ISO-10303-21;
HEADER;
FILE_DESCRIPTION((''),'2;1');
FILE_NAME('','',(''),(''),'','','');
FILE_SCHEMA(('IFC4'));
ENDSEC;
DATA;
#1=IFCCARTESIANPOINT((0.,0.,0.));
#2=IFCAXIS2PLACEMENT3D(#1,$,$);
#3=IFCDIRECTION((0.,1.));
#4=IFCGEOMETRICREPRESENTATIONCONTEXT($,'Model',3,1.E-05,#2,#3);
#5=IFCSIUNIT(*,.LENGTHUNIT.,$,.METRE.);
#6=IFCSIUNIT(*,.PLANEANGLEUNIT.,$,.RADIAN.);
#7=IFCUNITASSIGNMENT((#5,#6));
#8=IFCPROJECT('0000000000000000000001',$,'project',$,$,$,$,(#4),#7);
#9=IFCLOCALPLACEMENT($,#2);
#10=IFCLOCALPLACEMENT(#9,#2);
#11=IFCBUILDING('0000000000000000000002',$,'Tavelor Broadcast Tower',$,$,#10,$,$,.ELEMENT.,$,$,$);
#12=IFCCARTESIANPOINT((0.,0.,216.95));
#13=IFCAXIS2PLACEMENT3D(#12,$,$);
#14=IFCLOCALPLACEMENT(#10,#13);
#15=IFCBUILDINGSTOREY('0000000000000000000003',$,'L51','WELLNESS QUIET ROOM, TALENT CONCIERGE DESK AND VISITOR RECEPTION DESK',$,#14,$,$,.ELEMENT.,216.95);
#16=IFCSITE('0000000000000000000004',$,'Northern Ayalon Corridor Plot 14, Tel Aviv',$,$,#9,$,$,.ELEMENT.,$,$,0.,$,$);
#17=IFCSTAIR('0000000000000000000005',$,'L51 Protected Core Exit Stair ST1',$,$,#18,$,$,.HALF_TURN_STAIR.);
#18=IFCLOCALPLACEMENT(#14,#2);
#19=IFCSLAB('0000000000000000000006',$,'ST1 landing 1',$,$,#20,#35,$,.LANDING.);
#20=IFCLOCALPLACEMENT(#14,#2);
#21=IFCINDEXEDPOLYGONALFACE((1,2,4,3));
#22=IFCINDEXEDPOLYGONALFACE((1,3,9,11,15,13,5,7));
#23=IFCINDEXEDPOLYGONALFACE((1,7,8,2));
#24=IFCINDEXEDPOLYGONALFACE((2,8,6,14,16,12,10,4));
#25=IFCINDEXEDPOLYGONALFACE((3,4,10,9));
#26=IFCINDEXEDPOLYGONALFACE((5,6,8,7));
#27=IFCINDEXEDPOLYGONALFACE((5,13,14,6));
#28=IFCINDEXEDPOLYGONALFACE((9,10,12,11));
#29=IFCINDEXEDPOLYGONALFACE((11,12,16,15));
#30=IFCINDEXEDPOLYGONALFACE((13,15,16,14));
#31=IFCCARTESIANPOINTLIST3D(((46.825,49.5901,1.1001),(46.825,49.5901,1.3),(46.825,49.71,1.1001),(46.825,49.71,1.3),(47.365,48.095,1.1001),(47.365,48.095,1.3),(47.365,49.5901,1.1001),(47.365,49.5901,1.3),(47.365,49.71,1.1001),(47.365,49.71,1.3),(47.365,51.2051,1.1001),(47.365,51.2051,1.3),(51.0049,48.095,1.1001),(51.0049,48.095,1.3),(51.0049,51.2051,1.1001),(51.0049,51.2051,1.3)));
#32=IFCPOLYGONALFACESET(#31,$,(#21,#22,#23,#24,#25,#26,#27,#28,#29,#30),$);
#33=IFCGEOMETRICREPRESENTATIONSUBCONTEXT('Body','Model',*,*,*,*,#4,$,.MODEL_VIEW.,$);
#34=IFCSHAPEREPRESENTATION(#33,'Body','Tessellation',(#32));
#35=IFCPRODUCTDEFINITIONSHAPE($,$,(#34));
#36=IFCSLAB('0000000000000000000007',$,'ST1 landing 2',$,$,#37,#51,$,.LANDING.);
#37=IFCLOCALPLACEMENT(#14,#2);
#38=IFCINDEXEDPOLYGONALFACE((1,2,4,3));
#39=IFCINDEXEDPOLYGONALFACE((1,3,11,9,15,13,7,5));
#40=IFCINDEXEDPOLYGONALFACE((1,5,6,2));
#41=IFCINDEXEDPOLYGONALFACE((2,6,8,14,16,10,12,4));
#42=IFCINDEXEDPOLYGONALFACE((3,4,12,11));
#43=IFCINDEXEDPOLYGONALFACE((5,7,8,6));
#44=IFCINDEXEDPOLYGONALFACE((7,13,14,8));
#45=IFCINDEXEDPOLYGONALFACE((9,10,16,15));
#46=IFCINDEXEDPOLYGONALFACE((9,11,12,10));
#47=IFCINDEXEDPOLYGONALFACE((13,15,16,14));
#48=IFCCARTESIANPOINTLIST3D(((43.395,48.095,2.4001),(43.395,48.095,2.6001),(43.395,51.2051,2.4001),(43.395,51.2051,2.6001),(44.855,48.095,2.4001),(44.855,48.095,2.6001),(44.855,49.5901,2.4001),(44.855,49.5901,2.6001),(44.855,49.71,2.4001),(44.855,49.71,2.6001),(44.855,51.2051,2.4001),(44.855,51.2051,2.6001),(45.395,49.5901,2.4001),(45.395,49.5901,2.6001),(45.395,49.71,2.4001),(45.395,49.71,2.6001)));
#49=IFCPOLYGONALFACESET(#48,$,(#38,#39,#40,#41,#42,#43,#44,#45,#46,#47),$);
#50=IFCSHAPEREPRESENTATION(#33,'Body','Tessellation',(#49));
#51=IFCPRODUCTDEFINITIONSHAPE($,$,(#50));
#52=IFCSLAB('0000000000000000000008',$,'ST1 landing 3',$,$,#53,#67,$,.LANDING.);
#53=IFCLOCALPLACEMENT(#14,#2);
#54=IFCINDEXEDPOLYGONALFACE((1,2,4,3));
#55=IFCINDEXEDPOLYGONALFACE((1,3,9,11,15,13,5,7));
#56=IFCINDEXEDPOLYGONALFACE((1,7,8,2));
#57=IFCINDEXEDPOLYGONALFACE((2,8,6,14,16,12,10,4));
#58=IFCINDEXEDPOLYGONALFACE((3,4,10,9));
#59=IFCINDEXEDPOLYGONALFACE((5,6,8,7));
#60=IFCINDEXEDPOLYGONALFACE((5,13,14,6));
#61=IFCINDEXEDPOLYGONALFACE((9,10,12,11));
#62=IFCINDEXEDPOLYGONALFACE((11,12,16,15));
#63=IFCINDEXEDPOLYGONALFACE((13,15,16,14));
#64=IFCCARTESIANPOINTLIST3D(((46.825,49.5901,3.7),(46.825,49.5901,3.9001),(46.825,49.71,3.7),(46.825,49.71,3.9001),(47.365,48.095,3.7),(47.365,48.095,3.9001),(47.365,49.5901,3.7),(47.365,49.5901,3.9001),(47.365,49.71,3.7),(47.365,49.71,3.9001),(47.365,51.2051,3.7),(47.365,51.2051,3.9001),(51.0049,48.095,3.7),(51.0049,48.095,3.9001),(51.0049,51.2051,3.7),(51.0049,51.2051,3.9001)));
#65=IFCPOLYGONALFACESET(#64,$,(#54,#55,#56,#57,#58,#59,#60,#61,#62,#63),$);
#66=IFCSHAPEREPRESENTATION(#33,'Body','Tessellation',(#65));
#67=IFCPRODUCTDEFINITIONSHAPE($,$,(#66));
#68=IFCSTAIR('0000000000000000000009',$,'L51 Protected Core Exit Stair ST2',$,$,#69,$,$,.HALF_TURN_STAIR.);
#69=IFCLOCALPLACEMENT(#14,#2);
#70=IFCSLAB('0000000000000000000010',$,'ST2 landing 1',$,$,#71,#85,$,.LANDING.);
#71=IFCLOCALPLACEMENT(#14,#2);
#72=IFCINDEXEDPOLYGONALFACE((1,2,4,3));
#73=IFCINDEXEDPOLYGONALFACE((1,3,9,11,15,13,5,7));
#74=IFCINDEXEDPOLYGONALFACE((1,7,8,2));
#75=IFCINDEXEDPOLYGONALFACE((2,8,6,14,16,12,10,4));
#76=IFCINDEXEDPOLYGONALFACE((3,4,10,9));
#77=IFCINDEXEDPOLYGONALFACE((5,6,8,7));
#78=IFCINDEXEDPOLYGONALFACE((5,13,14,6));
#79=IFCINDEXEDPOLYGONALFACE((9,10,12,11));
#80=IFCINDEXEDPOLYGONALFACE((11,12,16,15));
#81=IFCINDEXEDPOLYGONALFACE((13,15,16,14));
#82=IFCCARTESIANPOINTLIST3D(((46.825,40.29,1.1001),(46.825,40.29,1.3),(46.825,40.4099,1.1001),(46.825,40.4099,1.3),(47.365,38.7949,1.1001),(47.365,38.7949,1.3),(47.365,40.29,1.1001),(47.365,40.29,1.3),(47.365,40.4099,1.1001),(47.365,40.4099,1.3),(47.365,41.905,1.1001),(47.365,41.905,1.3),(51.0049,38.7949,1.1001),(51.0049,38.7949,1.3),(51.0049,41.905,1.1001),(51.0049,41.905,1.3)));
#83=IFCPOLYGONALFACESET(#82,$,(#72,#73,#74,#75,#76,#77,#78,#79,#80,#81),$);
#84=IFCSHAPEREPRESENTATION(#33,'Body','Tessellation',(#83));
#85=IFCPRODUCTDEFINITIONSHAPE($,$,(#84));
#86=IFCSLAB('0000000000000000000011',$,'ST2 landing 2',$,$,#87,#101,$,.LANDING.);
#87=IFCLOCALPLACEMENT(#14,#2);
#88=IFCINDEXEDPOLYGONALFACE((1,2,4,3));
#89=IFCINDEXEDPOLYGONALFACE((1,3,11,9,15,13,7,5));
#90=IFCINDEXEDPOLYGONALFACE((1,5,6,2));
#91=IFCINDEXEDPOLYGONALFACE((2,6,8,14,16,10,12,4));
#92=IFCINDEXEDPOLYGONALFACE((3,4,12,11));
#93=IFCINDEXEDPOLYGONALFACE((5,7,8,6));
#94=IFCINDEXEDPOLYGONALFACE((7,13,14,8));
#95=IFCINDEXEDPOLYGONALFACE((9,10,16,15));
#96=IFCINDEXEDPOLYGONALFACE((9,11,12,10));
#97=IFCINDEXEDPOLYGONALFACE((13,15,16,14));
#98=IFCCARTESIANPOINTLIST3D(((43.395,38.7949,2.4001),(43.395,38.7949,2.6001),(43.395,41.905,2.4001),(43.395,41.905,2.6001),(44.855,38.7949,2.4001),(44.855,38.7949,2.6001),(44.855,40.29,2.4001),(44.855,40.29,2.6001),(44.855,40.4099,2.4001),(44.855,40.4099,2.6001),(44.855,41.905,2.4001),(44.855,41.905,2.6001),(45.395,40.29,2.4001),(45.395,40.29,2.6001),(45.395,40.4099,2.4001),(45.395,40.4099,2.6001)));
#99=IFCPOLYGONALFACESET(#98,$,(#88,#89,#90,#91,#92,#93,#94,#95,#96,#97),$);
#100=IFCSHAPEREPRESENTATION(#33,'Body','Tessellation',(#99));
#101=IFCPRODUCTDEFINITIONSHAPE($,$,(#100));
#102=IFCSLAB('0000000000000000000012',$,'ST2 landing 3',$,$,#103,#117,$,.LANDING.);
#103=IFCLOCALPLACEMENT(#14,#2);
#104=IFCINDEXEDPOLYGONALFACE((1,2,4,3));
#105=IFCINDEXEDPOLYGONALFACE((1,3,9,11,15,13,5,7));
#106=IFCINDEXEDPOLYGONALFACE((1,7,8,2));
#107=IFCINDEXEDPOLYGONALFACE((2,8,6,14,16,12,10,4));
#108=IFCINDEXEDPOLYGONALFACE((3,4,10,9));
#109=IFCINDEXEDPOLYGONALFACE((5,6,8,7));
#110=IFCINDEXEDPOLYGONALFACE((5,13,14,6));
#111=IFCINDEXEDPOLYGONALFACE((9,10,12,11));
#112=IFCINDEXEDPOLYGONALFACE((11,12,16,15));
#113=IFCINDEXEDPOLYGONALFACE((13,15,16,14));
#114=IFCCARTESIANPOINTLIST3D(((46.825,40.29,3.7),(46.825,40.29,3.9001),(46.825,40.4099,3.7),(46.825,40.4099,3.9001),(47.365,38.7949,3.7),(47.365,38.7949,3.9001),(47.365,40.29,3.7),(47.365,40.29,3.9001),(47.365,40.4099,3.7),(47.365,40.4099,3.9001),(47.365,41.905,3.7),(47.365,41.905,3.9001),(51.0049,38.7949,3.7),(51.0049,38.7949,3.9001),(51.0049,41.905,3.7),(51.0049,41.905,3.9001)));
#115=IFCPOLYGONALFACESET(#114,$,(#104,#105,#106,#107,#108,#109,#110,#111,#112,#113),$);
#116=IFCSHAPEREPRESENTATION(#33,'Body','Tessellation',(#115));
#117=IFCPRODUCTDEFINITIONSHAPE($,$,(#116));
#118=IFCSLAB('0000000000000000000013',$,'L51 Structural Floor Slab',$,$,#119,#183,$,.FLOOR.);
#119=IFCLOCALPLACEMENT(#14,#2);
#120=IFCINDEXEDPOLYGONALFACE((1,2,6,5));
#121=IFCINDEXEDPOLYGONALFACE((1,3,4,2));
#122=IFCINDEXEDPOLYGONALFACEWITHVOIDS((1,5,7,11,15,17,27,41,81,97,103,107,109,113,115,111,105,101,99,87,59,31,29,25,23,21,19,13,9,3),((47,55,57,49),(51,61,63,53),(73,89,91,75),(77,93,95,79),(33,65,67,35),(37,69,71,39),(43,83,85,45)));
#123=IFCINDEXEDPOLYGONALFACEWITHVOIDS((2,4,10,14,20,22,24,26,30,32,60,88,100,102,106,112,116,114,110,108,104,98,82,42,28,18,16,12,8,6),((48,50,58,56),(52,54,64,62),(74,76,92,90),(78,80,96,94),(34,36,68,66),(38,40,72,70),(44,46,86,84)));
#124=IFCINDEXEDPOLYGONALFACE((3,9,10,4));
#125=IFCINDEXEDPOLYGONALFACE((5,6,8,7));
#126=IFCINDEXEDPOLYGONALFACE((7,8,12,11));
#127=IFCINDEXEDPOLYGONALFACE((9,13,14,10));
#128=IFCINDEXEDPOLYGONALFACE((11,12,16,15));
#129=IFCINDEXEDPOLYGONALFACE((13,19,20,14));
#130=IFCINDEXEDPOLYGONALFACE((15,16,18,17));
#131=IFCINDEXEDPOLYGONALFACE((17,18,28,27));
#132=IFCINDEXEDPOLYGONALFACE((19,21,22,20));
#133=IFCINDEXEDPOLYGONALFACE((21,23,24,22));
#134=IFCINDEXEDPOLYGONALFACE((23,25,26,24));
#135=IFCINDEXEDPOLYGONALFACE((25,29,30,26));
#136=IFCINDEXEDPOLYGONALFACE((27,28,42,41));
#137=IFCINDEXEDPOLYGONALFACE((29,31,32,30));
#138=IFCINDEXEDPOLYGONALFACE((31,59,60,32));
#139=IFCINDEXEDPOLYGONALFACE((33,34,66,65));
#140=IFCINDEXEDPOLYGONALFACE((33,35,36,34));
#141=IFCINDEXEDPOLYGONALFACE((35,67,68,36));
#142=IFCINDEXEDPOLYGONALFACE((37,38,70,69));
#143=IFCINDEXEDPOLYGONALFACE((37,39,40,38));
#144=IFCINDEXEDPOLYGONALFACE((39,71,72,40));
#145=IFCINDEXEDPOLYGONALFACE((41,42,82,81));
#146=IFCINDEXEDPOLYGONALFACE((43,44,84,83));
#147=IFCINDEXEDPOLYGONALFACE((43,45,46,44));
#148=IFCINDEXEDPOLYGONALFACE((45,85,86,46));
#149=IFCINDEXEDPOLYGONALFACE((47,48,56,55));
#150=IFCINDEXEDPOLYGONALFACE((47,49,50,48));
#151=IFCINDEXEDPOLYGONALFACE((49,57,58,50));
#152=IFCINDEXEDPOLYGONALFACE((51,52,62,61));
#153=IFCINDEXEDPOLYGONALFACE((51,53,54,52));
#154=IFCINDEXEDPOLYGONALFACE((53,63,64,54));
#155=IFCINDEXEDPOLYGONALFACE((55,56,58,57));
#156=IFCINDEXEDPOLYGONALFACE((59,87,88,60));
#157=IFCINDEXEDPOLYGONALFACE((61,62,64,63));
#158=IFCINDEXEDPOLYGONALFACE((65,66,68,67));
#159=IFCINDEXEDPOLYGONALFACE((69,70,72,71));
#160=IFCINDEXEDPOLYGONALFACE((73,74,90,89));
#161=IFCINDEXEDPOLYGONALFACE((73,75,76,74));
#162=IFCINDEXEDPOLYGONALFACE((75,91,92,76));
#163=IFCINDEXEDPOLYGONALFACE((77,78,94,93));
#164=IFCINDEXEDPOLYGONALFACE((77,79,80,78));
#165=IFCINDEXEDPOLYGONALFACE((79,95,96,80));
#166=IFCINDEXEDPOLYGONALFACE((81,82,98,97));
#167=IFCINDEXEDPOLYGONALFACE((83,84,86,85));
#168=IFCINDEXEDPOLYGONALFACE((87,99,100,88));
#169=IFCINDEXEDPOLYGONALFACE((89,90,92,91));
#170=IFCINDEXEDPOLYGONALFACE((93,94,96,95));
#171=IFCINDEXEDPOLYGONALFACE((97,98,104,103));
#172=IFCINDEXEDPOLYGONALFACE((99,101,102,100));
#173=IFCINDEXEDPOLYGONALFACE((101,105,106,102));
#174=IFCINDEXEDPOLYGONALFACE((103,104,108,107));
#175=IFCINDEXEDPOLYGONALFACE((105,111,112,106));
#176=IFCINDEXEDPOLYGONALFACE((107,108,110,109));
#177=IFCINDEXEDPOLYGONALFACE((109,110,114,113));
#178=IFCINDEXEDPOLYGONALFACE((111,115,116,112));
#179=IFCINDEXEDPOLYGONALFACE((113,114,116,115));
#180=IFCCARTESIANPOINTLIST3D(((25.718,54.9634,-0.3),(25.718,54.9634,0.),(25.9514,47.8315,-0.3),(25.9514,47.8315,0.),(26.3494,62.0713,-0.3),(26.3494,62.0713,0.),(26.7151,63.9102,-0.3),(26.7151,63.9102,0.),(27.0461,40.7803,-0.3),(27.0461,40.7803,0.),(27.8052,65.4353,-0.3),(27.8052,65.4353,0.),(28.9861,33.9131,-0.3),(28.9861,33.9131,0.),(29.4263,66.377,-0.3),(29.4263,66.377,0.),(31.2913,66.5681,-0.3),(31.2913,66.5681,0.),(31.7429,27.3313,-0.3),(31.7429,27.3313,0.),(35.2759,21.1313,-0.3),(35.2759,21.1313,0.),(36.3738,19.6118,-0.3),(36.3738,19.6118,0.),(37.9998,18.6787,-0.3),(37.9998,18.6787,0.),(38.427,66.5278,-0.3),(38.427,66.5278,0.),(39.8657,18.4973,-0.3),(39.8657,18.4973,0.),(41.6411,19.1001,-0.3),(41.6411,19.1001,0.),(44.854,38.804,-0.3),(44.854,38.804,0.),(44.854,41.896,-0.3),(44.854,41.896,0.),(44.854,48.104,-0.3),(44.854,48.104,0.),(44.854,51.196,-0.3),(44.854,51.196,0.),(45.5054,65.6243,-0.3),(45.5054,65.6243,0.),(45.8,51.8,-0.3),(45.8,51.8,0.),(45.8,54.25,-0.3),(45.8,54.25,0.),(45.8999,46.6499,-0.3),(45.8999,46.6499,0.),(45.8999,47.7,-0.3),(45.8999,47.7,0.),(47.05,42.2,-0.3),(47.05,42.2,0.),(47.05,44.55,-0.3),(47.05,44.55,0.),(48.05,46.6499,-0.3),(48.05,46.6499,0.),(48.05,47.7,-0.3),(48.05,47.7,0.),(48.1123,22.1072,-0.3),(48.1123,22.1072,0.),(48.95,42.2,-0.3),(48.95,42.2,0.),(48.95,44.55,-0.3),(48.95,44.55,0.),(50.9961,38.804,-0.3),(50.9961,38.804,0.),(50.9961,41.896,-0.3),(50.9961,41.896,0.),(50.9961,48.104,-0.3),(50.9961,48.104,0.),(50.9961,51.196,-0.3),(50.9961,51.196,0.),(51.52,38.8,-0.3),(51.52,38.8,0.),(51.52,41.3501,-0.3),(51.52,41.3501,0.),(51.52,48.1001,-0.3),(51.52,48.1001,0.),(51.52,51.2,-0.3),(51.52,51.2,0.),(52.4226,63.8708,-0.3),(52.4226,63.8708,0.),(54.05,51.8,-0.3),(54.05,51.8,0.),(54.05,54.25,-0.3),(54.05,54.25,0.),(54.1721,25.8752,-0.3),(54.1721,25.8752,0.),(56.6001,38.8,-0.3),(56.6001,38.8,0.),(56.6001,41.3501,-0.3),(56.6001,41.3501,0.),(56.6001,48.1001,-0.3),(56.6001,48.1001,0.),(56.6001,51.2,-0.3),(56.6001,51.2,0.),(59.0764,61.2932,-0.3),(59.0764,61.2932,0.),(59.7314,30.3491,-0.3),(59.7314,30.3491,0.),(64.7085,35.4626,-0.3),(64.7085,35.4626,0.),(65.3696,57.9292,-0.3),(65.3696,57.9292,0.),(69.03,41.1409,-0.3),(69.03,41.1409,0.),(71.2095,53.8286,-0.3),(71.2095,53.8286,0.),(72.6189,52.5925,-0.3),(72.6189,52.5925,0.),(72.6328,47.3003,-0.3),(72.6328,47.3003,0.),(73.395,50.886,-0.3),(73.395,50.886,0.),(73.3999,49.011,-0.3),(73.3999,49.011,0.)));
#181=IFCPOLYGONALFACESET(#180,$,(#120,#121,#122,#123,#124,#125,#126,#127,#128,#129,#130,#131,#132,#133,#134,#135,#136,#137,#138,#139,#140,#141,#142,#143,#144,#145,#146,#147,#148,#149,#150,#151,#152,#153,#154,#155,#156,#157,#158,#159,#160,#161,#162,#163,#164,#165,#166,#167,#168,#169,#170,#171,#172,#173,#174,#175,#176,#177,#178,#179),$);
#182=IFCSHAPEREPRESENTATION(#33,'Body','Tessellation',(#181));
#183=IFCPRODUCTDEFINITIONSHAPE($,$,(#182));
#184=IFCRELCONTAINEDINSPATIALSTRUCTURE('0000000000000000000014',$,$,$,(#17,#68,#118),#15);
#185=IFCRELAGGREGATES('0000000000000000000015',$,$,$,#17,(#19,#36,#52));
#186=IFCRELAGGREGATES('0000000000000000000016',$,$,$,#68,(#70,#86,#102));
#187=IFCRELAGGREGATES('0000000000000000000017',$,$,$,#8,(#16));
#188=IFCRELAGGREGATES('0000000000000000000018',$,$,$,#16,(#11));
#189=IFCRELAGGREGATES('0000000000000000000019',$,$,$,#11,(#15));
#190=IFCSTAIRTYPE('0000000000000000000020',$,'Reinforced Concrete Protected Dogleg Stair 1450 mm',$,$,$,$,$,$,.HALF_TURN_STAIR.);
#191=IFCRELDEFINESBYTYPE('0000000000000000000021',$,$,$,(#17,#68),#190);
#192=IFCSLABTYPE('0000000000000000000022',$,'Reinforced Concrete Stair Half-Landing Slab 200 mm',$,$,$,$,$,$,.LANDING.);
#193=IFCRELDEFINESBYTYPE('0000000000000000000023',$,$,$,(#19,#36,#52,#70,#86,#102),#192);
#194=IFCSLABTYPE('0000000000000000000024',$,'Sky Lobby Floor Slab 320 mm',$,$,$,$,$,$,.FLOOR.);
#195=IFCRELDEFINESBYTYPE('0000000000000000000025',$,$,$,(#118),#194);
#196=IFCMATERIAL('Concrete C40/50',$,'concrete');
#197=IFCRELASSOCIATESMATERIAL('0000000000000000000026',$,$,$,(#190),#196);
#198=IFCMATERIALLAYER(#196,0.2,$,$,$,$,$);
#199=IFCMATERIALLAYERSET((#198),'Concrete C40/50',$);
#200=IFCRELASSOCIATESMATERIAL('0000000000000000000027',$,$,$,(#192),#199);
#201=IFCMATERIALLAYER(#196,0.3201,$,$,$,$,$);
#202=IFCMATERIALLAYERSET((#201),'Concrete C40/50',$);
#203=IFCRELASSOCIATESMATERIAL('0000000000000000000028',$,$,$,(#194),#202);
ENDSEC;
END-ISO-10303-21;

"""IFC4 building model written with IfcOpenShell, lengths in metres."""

from ifc_helpers import new_model, si_unit, direction, frame, origin, place, context, subcontext, project, spatial, polyline, outline, extrude, material, layer, layer_set, type_object, element, aggregate, save


model = new_model("IFC4")

# Units and contexts
model_context = context("Model", 3, precision=1e-05, world=origin(), true_north=direction((0.0, 1.0)))
body_context = subcontext(model_context, "Body", "Model", "MODEL_VIEW")
ifc_project = project(units=[si_unit("LENGTHUNIT", "METRE"), si_unit("PLANEANGLEUNIT", "RADIAN")], contexts=[model_context])

# Site, building, storey
site_placement = place(None, origin())
site = spatial("IfcSite", under=ifc_project, at=site_placement, Name="Northern Ayalon Corridor Plot 14, Tel Aviv", CompositionType="ELEMENT", RefElevation=0.0)
building_placement = place(site_placement, origin())
building = spatial("IfcBuilding", under=site, at=building_placement, Name="Tavelor Broadcast Tower", CompositionType="ELEMENT")
storey_placement = place(building_placement, frame((0.0, 0.0, 216.95)))
storey = spatial("IfcBuildingStorey", under=building, at=storey_placement, Name="L51", Description="WELLNESS QUIET ROOM, TALENT CONCIERGE DESK AND VISITOR RECEPTION DESK", CompositionType="ELEMENT", Elevation=216.95)

# Stairs, slabs
ifc_material_1 = material(Name="Concrete C40/50", Category="concrete")
stair_type = type_object("IfcStairType", Name="Reinforced Concrete Protected Dogleg Stair 1450 mm", PredefinedType="HALF_TURN_STAIR", material=ifc_material_1)
stair_1_placement = place(storey_placement, origin())
stair_1 = element("IfcStair", 1, at=stair_1_placement, inside=storey, type_object=stair_type, Name="L51 Protected Core Exit Stair ST1", PredefinedType="HALF_TURN_STAIR")
ifc_layer_1 = layer(ifc_material_1, 0.2)
ifc_layer_set_1 = layer_set([ifc_layer_1], Name="Concrete C40/50")
slab_type_1 = type_object("IfcSlabType", Name="Reinforced Concrete Stair Half-Landing Slab 200 mm", PredefinedType="LANDING", material=ifc_layer_set_1)
slab_1_placement = place(storey_placement, frame((0.0, 0.0, 1.1001)))
slab_1 = element("IfcSlab", 2, at=slab_1_placement, type_object=slab_type_1, Name="ST1 landing 1", PredefinedType="LANDING", context=body_context, shape_type="SweptSolid", body=[
    extrude(outline(polyline([(47.365, 49.5901), (47.365, 48.095), (51.0049, 48.095), (51.0049, 51.2051), (47.365, 51.2051), (47.365, 49.71), (46.825, 49.71), (46.825, 49.5901), (47.365, 49.5901)])), origin(), (0.0, 0.0, 1.0), 0.2),
])
slab_2_placement = place(storey_placement, frame((0.0, 0.0, 2.4001)))
slab_2 = element("IfcSlab", 3, at=slab_2_placement, type_object=slab_type_1, Name="ST1 landing 2", PredefinedType="LANDING", context=body_context, shape_type="SweptSolid", body=[
    extrude(outline(polyline([(43.395, 48.095), (44.855, 48.095), (44.855, 49.5901), (45.395, 49.5901), (45.395, 49.71), (44.855, 49.71), (44.855, 51.2051), (43.395, 51.2051), (43.395, 48.095)])), origin(), (0.0, 0.0, 1.0), 0.2),
])
slab_3_placement = place(storey_placement, frame((0.0, 0.0, 3.7)))
slab_3 = element("IfcSlab", 4, at=slab_3_placement, type_object=slab_type_1, Name="ST1 landing 3", PredefinedType="LANDING", context=body_context, shape_type="SweptSolid", body=[
    extrude(outline(polyline([(47.365, 49.5901), (47.365, 48.095), (51.0049, 48.095), (51.0049, 51.2051), (47.365, 51.2051), (47.365, 49.71), (46.825, 49.71), (46.825, 49.5901), (47.365, 49.5901)])), origin(), (0.0, 0.0, 1.0), 0.2002),
])
aggregate(stair_1, [slab_1, slab_2, slab_3])
stair_2_placement = place(storey_placement, origin())
stair_2 = element("IfcStair", 5, at=stair_2_placement, inside=storey, type_object=stair_type, Name="L51 Protected Core Exit Stair ST2", PredefinedType="HALF_TURN_STAIR")
slab_4_placement = place(storey_placement, frame((0.0, 0.0, 1.1001)))
slab_4 = element("IfcSlab", 6, at=slab_4_placement, type_object=slab_type_1, Name="ST2 landing 1", PredefinedType="LANDING", context=body_context, shape_type="SweptSolid", body=[
    extrude(outline(polyline([(47.365, 40.29), (47.365, 38.7949), (51.0049, 38.7949), (51.0049, 41.905), (47.365, 41.905), (47.365, 40.4099), (46.825, 40.4099), (46.825, 40.29), (47.365, 40.29)])), origin(), (0.0, 0.0, 1.0), 0.2),
])
slab_5_placement = place(storey_placement, frame((0.0, 0.0, 2.4001)))
slab_5 = element("IfcSlab", 7, at=slab_5_placement, type_object=slab_type_1, Name="ST2 landing 2", PredefinedType="LANDING", context=body_context, shape_type="SweptSolid", body=[
    extrude(outline(polyline([(43.395, 38.7949), (44.855, 38.7949), (44.855, 40.29), (45.395, 40.29), (45.395, 40.4099), (44.855, 40.4099), (44.855, 41.905), (43.395, 41.905), (43.395, 38.7949)])), origin(), (0.0, 0.0, 1.0), 0.2),
])
slab_6_placement = place(storey_placement, frame((0.0, 0.0, 3.7)))
slab_6 = element("IfcSlab", 8, at=slab_6_placement, type_object=slab_type_1, Name="ST2 landing 3", PredefinedType="LANDING", context=body_context, shape_type="SweptSolid", body=[
    extrude(outline(polyline([(47.365, 40.29), (47.365, 38.7949), (51.0049, 38.7949), (51.0049, 41.905), (47.365, 41.905), (47.365, 40.4099), (46.825, 40.4099), (46.825, 40.29), (47.365, 40.29)])), origin(), (0.0, 0.0, 1.0), 0.2002),
])
aggregate(stair_2, [slab_4, slab_5, slab_6])

# Slab
ifc_layer_2 = layer(ifc_material_1, 0.3201)
ifc_layer_set_2 = layer_set([ifc_layer_2], Name="Concrete C40/50")
slab_type_2 = type_object("IfcSlabType", Name="Sky Lobby Floor Slab 320 mm", PredefinedType="FLOOR", material=ifc_layer_set_2)
slab_7_placement = place(storey_placement, frame((0.0, 0.0, -0.3)))
element("IfcSlab", 9, at=slab_7_placement, inside=storey, type_object=slab_type_2, Name="L51 Structural Floor Slab", PredefinedType="FLOOR", context=body_context, shape_type="SweptSolid", body=[
    extrude(outline(polyline([(31.2913, 66.5681), (29.4263, 66.377), (27.8052, 65.4353), (26.7151, 63.9102), (26.3494, 62.0713), (25.718, 54.9634), (25.9514, 47.8315), (27.0461, 40.7803), (28.9861, 33.9131), (31.7429, 27.3313), (35.2759, 21.1313), (36.3738, 19.6118), (37.9998, 18.6787), (39.8657, 18.4973), (41.6411, 19.1001), (48.1123, 22.1072), (54.1721, 25.8752), (59.7314, 30.3491), (64.7085, 35.4626), (69.03, 41.1409), (72.6328, 47.3003), (73.3999, 49.011), (73.395, 50.886), (72.6189, 52.5925), (71.2095, 53.8286), (65.3696, 57.9292), (59.0764, 61.2932), (52.4226, 63.8708), (45.5054, 65.6243), (38.427, 66.5278), (31.2913, 66.5681)]), holes=[polyline([(56.6001, 41.3501), (56.6001, 38.8), (51.52, 38.8), (51.52, 41.3501), (56.6001, 41.3501)]), polyline([(50.9961, 38.804), (44.854, 38.804), (44.854, 41.896), (50.9961, 41.896), (50.9961, 38.804)]), polyline([(47.05, 42.2), (47.05, 44.55), (48.95, 44.55), (48.95, 42.2), (47.05, 42.2)]), polyline([(48.05, 46.6499), (45.8999, 46.6499), (45.8999, 47.7), (48.05, 47.7), (48.05, 46.6499)]), polyline([(50.9961, 48.104), (44.854, 48.104), (44.854, 51.196), (50.9961, 51.196), (50.9961, 48.104)]), polyline([(56.6001, 48.1001), (51.52, 48.1001), (51.52, 51.2), (56.6001, 51.2), (56.6001, 48.1001)]), polyline([(54.05, 51.8), (45.8, 51.8), (45.8, 54.25), (54.05, 54.25), (54.05, 51.8)])]), origin(), (0.0, 0.0, 1.0), 0.3),
])

save(model, "model.ifc")
